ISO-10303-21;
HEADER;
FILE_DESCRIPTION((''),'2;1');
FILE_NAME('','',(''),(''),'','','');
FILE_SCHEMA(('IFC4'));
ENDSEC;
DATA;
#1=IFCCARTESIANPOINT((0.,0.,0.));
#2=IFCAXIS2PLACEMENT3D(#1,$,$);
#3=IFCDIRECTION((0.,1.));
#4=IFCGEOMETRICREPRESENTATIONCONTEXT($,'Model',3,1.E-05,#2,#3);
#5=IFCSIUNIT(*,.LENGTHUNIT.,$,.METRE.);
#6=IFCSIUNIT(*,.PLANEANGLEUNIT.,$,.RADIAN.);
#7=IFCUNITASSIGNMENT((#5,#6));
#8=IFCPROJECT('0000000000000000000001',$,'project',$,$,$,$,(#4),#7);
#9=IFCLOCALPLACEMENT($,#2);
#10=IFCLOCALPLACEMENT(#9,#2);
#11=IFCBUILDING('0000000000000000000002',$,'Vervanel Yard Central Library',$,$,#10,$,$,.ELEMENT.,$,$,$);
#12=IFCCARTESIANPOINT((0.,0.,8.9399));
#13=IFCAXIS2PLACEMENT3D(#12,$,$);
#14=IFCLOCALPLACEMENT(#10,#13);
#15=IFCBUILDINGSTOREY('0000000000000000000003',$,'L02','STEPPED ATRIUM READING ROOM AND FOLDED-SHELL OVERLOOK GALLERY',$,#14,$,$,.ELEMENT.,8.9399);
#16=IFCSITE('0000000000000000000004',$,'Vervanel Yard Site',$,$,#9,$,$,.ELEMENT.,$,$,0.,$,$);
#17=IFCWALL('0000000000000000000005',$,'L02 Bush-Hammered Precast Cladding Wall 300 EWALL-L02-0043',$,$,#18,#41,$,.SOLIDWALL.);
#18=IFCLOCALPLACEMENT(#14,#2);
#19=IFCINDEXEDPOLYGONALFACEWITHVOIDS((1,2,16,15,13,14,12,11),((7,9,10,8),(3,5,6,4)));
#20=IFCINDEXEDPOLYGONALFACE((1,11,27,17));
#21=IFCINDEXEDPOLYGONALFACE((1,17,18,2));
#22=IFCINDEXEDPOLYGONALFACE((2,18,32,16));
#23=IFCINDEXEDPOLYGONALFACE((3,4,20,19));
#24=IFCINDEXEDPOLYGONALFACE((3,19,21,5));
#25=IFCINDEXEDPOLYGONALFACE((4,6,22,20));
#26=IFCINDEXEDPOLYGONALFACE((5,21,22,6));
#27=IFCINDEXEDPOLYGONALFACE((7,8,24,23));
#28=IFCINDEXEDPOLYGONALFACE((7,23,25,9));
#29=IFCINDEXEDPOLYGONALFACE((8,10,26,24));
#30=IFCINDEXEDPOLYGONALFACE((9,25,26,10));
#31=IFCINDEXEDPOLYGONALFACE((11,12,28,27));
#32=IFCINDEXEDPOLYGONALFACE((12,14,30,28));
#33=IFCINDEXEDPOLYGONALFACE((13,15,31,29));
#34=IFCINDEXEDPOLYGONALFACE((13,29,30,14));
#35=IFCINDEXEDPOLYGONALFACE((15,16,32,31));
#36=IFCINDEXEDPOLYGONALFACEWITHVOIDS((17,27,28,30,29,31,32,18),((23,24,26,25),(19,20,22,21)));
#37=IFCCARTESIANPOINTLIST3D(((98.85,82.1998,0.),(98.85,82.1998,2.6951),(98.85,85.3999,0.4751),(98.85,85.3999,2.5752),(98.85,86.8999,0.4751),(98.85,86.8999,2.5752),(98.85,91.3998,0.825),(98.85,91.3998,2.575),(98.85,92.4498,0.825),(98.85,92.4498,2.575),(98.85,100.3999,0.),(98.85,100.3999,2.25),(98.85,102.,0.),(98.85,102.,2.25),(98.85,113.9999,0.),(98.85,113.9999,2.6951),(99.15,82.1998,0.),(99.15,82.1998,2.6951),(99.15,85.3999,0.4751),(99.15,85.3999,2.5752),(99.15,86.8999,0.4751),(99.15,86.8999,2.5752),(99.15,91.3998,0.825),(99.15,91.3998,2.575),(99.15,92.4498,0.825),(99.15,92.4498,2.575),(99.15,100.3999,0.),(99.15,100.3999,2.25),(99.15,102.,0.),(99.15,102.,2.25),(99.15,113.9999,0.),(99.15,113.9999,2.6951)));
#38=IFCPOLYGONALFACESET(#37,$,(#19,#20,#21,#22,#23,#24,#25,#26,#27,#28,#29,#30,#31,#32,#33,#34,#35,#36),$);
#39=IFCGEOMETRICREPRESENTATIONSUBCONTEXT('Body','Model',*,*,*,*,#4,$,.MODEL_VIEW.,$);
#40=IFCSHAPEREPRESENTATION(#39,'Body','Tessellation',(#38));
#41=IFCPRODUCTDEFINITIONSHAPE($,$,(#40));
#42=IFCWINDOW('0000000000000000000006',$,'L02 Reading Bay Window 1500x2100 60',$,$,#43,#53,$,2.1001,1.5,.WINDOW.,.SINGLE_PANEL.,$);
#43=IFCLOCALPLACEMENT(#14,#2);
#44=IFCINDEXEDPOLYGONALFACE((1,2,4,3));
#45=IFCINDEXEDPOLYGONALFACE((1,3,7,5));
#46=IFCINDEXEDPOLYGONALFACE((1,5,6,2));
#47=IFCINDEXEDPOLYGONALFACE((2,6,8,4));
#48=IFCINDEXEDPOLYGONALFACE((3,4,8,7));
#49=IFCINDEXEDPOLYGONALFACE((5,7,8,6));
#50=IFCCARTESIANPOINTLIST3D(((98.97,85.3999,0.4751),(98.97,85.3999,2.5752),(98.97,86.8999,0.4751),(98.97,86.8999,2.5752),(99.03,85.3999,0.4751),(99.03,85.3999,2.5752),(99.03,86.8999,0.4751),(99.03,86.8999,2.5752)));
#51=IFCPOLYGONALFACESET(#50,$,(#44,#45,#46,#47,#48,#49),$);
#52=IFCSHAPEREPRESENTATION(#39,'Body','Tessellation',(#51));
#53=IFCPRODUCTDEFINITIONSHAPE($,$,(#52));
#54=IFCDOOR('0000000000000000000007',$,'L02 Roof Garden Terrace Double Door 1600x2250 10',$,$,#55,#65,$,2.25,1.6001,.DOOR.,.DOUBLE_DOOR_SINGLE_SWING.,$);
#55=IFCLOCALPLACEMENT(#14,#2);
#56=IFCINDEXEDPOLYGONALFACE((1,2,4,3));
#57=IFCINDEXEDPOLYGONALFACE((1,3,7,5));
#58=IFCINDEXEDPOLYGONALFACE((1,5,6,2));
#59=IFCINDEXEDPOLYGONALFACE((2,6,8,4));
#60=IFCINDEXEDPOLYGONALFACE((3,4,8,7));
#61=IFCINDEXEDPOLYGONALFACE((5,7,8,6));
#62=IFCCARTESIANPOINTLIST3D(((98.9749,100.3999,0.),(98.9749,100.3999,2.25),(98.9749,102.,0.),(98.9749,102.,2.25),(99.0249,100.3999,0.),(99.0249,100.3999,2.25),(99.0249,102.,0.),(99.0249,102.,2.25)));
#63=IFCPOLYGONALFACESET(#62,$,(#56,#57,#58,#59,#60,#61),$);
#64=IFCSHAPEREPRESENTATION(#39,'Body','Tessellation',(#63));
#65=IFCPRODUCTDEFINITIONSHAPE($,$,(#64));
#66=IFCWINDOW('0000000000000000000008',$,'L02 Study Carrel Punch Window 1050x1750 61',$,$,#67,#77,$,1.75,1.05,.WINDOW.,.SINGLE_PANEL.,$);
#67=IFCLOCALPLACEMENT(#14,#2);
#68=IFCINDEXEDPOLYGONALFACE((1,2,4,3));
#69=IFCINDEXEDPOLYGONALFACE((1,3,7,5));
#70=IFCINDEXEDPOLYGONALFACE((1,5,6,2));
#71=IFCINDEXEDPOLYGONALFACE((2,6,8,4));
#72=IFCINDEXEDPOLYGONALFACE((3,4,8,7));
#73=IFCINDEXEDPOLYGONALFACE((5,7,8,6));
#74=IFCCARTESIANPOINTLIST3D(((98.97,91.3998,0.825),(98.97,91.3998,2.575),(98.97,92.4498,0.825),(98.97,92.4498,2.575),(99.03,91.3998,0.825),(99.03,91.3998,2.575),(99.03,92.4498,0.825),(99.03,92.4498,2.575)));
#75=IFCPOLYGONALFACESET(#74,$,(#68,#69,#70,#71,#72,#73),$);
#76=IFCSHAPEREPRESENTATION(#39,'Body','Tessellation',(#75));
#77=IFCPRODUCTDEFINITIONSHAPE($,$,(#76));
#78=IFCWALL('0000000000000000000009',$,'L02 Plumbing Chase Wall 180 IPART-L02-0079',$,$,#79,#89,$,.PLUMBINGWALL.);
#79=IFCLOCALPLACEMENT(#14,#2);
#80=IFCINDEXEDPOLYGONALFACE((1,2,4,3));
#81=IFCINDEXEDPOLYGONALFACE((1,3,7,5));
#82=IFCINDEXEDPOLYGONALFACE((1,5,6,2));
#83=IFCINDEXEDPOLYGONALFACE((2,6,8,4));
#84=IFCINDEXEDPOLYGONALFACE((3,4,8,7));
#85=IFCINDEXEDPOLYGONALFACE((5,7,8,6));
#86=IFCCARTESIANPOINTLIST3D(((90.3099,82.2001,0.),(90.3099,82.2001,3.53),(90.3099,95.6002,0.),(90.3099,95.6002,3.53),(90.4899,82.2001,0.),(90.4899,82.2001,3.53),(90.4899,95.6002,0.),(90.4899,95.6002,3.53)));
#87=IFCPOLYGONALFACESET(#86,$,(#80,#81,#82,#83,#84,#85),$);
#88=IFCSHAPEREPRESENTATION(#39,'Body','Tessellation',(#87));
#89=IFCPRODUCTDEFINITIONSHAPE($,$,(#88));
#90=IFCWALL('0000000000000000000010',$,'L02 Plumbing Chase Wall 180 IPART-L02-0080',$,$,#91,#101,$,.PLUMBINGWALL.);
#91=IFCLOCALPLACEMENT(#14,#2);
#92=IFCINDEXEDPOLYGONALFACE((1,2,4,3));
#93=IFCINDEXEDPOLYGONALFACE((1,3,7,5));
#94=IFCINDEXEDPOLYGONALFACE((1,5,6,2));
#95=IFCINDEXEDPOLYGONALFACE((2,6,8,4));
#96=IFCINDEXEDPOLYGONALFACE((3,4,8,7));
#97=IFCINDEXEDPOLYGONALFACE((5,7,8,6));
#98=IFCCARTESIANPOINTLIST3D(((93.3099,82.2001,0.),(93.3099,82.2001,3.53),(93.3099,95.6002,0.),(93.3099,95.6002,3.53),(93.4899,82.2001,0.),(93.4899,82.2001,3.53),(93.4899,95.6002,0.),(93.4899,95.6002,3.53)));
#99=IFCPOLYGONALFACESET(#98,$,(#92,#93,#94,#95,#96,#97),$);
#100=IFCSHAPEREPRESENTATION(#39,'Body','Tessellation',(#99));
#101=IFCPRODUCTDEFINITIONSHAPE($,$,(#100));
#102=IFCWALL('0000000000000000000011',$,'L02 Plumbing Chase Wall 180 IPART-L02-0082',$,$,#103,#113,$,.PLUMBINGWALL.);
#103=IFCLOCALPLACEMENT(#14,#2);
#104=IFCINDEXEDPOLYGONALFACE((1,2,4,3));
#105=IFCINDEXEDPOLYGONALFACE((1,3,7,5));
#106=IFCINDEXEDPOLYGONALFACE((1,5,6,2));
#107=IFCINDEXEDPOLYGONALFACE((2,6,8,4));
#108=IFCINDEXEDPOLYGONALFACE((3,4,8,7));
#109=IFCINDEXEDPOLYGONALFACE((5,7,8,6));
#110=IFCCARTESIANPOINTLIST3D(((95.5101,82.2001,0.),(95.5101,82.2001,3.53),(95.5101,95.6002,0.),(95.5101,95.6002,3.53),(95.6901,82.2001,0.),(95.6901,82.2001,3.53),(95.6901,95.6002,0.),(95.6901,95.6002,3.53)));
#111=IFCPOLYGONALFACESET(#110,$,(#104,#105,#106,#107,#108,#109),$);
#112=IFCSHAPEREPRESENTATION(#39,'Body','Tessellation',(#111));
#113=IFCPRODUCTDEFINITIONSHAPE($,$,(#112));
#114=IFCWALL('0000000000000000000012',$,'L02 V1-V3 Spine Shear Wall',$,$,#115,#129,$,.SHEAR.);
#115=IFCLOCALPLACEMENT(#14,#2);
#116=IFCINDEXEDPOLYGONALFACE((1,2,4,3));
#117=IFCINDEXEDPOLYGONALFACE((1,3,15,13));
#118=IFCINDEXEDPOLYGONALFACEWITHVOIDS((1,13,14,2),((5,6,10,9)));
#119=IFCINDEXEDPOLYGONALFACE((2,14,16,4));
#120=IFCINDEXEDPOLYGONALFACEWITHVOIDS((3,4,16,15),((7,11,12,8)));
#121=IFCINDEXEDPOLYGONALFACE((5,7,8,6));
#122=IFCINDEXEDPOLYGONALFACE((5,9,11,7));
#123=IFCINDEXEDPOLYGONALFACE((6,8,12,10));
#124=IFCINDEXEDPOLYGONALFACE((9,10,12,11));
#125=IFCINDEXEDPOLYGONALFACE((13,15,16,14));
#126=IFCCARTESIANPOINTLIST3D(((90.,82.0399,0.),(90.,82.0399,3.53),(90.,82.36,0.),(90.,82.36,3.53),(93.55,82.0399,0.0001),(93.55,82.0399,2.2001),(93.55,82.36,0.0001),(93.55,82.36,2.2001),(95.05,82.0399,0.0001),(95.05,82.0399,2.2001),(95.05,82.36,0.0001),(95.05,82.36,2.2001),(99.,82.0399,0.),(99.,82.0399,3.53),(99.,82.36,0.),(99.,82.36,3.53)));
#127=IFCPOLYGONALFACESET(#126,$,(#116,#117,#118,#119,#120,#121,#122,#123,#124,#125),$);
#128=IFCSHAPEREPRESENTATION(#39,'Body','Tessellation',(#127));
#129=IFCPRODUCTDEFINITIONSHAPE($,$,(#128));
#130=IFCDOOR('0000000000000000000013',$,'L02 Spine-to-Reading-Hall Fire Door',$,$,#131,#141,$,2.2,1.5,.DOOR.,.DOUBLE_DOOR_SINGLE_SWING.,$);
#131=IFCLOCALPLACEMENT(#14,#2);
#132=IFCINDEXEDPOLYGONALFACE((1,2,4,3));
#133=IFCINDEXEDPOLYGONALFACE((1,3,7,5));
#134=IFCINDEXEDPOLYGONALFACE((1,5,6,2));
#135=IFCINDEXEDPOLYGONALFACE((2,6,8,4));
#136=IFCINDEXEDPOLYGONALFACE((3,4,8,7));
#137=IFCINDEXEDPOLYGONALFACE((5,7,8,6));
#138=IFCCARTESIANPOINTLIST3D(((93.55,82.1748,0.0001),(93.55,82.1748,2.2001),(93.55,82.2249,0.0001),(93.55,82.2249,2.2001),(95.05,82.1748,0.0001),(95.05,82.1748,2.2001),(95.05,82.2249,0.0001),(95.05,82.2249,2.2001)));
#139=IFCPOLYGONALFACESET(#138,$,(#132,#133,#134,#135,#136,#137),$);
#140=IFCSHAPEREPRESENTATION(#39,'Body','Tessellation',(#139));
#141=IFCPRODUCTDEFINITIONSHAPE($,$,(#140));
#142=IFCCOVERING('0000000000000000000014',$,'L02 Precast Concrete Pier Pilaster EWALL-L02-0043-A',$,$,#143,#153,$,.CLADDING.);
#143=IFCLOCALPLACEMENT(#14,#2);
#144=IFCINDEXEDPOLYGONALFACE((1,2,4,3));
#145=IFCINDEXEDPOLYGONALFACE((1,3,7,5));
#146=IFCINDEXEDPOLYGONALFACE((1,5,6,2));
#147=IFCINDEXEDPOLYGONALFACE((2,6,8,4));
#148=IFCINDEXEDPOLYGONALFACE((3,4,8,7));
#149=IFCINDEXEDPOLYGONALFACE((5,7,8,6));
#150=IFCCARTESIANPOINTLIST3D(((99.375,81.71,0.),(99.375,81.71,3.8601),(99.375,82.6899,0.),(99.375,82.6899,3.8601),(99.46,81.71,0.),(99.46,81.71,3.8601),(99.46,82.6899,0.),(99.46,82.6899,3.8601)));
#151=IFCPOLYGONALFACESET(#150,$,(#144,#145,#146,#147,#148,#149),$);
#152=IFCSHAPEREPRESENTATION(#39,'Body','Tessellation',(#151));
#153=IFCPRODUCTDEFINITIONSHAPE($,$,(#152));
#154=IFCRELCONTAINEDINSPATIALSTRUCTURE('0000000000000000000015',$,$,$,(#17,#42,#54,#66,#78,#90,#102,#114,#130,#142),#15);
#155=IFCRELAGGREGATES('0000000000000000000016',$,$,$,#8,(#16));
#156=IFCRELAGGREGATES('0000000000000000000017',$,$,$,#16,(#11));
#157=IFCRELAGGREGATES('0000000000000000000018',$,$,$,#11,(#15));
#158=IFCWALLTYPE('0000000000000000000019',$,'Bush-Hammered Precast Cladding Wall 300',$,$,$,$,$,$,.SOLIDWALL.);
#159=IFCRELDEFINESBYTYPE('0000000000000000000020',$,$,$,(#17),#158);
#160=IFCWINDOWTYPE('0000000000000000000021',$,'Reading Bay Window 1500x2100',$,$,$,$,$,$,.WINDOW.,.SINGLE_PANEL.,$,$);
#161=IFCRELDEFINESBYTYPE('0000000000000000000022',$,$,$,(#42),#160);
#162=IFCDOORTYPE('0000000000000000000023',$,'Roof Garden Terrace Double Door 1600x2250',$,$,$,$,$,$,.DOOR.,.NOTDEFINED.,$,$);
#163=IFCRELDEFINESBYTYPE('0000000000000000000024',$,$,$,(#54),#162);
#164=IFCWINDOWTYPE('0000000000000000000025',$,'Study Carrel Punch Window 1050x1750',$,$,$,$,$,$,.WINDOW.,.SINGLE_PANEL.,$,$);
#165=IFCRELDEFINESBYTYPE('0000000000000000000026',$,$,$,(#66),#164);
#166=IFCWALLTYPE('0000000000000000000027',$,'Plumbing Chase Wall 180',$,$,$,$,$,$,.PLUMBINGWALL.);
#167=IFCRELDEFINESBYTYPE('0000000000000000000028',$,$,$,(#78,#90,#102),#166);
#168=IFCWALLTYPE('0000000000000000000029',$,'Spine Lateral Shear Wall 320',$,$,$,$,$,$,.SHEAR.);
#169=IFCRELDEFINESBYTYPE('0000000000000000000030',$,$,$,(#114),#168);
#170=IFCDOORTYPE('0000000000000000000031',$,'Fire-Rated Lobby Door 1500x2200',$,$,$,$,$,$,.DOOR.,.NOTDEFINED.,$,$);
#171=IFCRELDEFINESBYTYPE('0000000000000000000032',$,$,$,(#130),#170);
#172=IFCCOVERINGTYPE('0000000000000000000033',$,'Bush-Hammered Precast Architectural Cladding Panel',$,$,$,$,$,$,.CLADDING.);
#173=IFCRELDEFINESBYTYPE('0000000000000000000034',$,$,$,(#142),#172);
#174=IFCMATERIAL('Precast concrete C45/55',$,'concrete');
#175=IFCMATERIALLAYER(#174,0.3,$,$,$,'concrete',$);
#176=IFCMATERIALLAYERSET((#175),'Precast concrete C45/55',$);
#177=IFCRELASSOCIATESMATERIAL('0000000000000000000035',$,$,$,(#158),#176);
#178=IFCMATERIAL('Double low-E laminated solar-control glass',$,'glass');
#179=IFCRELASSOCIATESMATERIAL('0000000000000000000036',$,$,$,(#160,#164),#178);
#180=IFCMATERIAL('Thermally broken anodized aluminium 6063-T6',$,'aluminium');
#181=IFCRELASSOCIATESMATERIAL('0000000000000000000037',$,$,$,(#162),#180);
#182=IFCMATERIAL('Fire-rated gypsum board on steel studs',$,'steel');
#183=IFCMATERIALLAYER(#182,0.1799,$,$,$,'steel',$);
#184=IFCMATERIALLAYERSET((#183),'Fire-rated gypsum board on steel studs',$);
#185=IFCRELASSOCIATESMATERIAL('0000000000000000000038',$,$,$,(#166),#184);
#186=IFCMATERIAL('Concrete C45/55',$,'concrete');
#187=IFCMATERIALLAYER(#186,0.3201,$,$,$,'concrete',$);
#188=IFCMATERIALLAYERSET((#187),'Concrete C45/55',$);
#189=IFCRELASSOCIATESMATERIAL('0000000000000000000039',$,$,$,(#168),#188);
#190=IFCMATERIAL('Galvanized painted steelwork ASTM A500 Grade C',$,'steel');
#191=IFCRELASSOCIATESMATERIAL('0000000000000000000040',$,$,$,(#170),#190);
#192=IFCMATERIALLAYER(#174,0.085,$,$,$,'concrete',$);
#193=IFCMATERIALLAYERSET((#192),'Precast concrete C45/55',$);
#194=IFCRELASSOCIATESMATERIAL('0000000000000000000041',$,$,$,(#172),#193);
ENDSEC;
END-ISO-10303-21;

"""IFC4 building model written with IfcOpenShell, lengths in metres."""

from ifc_helpers import new_model, si_unit, direction, frame, frame_2d, origin, origin_2d, place, context, subcontext, project, spatial, rectangle, extrude, material, layer, layer_set, type_object, element, fill, save


model = new_model("IFC4")

# Units and contexts
model_context = context("Model", 3, precision=1e-05, world=origin(), true_north=direction((0.0, 1.0)))
body_context = subcontext(model_context, "Body", "Model", "MODEL_VIEW")
ifc_project = project(units=[si_unit("LENGTHUNIT", "METRE"), si_unit("PLANEANGLEUNIT", "RADIAN")], contexts=[model_context])

# Site, building, storey
site_placement = place(None, origin())
site = spatial("IfcSite", under=ifc_project, at=site_placement, Name="Vervanel Yard Site", CompositionType="ELEMENT", RefElevation=0.0)
building_placement = place(site_placement, origin())
building = spatial("IfcBuilding", under=site, at=building_placement, Name="Vervanel Yard Central Library", CompositionType="ELEMENT")
storey_placement = place(building_placement, frame((0.0, 0.0, 8.9399)))
storey = spatial("IfcBuildingStorey", under=building, at=storey_placement, Name="L02", Description="STEPPED ATRIUM READING ROOM AND FOLDED-SHELL OVERLOOK GALLERY", CompositionType="ELEMENT", Elevation=8.9399)

# Shared definitions
ifc_material_1 = material(Name="Thermally broken anodized aluminium 6063-T6", Category="aluminium")

# Shared definitions
ifc_material_2 = material(Name="Double low-E laminated solar-control glass", Category="glass")

# Wall, openings, windows, door
ifc_material_3 = material(Name="Precast concrete C45/55", Category="concrete")
ifc_layer_1 = layer(ifc_material_3, 0.3, Category="concrete")
ifc_layer_set_1 = layer_set([ifc_layer_1], Name="Precast concrete C45/55")
wall_type_1 = type_object("IfcWallType", Name="Bush-Hammered Precast Cladding Wall 300", PredefinedType="SOLIDWALL", material=ifc_layer_set_1)
wall_1_placement = place(storey_placement, frame((99.0, 82.2, 0.0), z_axis=(0.0, 0.0, 1.0), x_axis=(0.0, 1.0, 0.0)))
wall_1 = element("IfcWall", 1, at=wall_1_placement, inside=storey, type_object=wall_type_1, Name="L02 Bush-Hammered Precast Cladding Wall 300 EWALL-L02-0043", PredefinedType="SOLIDWALL", context=body_context, shape_type="SweptSolid", body=[
    extrude(rectangle(XDim=31.8, YDim=0.3, at=frame_2d((15.8999, 0.0))), origin(), (0.0, 0.0, 1.0), 2.6951),
])
opening_1_placement = place(wall_1_placement, frame((18.2, 0.0, 0.0)))
opening_1 = element("IfcOpeningElement", 2, at=opening_1_placement, cuts=wall_1, PredefinedType="OPENING", context=body_context, shape_type="SweptSolid", body=[
    extrude(rectangle(XDim=1.6001, YDim=2.25, at=frame_2d((0.8, 1.125))), frame((0.0, 0.1599, 0.0), z_axis=(0.0, -1.0, 0.0), x_axis=(1.0, 0.0, 0.0)), (0.0, 0.0, 1.0), 0.3201),
])
opening_2_placement = place(wall_1_placement, frame((3.2, 0.0, 0.4751)))
opening_2 = element("IfcOpeningElement", 3, at=opening_2_placement, cuts=wall_1, PredefinedType="OPENING", context=body_context, shape_type="SweptSolid", body=[
    extrude(rectangle(XDim=1.5, YDim=2.1001, at=frame_2d((0.75, 1.05))), frame((0.0, 0.1599, 0.0), z_axis=(0.0, -1.0, 0.0), x_axis=(1.0, 0.0, 0.0)), (0.0, 0.0, 1.0), 0.3201),
])
opening_3_placement = place(wall_1_placement, frame((9.2, 0.0, 0.825)))
opening_3 = element("IfcOpeningElement", 4, at=opening_3_placement, cuts=wall_1, PredefinedType="OPENING", context=body_context, shape_type="SweptSolid", body=[
    extrude(rectangle(XDim=1.05, YDim=1.75, at=frame_2d((0.5249, 0.875))), frame((0.0, 0.1599, 0.0), z_axis=(0.0, -1.0, 0.0), x_axis=(1.0, 0.0, 0.0)), (0.0, 0.0, 1.0), 0.3201),
])
window_type_1 = type_object("IfcWindowType", Name="Reading Bay Window 1500x2100", PartitioningType="SINGLE_PANEL", PredefinedType="WINDOW", material=ifc_material_2)
window_1_placement = place(opening_2_placement, origin())
window_1 = element("IfcWindow", 5, at=window_1_placement, inside=storey, type_object=window_type_1, Name="L02 Reading Bay Window 1500x2100 60", OverallHeight=2.1001, OverallWidth=1.5, PartitioningType="SINGLE_PANEL", PredefinedType="WINDOW", context=body_context, shape_type="SweptSolid", body=[
    extrude(rectangle(XDim=1.5, YDim=2.1001, at=frame_2d((0.75, 1.05))), frame((0.0, 0.03, 0.0), z_axis=(0.0, -1.0, 0.0), x_axis=(1.0, 0.0, 0.0)), (0.0, 0.0, 1.0), 0.0601),
])
fill(opening_2, window_1)
door_type_1 = type_object("IfcDoorType", Name="Roof Garden Terrace Double Door 1600x2250", OperationType="NOTDEFINED", PredefinedType="DOOR", material=ifc_material_1)
door_1_placement = place(opening_1_placement, frame((1.6001, 0.0, 0.0), z_axis=(0.0, 0.0, 1.0), x_axis=(-1.0, 0.0, 0.0)))
door_1 = element("IfcDoor", 6, at=door_1_placement, inside=storey, type_object=door_type_1, Name="L02 Roof Garden Terrace Double Door 1600x2250 10", OperationType="DOUBLE_DOOR_SINGLE_SWING", OverallHeight=2.25, OverallWidth=1.6001, PredefinedType="DOOR", context=body_context, shape_type="SweptSolid", body=[
    extrude(rectangle(XDim=1.6001, YDim=2.25, at=frame_2d((0.8, 1.125))), frame((0.0, 0.0249, 0.0), z_axis=(0.0, -1.0, 0.0), x_axis=(1.0, 0.0, 0.0)), (0.0, 0.0, 1.0), 0.05),
])
fill(opening_1, door_1)
window_type_2 = type_object("IfcWindowType", Name="Study Carrel Punch Window 1050x1750", PartitioningType="SINGLE_PANEL", PredefinedType="WINDOW", material=ifc_material_2)
window_2_placement = place(opening_3_placement, origin())
window_2 = element("IfcWindow", 7, at=window_2_placement, inside=storey, type_object=window_type_2, Name="L02 Study Carrel Punch Window 1050x1750 61", OverallHeight=1.75, OverallWidth=1.05, PartitioningType="SINGLE_PANEL", PredefinedType="WINDOW", context=body_context, shape_type="SweptSolid", body=[
    extrude(rectangle(XDim=1.05, YDim=1.75, at=frame_2d((0.5249, 0.875))), frame((0.0, 0.03, 0.0), z_axis=(0.0, -1.0, 0.0), x_axis=(1.0, 0.0, 0.0)), (0.0, 0.0, 1.0), 0.0601),
])
fill(opening_3, window_2)

# Walls
ifc_material_4 = material(Name="Fire-rated gypsum board on steel studs", Category="steel")
ifc_layer_2 = layer(ifc_material_4, 0.1799, Category="steel")
ifc_layer_set_2 = layer_set([ifc_layer_2], Name="Fire-rated gypsum board on steel studs")
wall_type_2 = type_object("IfcWallType", Name="Plumbing Chase Wall 180", PredefinedType="PLUMBINGWALL", material=ifc_layer_set_2)
for number, where, z_axis, x_axis, name in (
    (8, (90.3999, 82.2, 0.0), (0.0, 0.0, 1.0), (0.0, 1.0, 0.0), "L02 Plumbing Chase Wall 180 IPART-L02-0079"),
    (9, (93.3999, 82.2, 0.0), (0.0, 0.0, 1.0), (0.0, 1.0, 0.0), "L02 Plumbing Chase Wall 180 IPART-L02-0080"),
    (10, (95.6001, 82.2, 0.0), (0.0, 0.0, 1.0), (0.0, 1.0, 0.0), "L02 Plumbing Chase Wall 180 IPART-L02-0082"),
):
    element("IfcWall", number, at=place(storey_placement, frame(where, z_axis=z_axis, x_axis=x_axis)), inside=storey, type_object=wall_type_2, Name=name, PredefinedType="PLUMBINGWALL", context=body_context, shape_type="SweptSolid", body=[
        extrude(rectangle(XDim=13.4001, YDim=0.1799, at=frame_2d((6.7002, 0.0))), origin(), (0.0, 0.0, 1.0), 3.53),
    ])

# Wall, opening, door
ifc_material_5 = material(Name="Concrete C45/55", Category="concrete")
ifc_layer_3 = layer(ifc_material_5, 0.3201, Category="concrete")
ifc_layer_set_3 = layer_set([ifc_layer_3], Name="Concrete C45/55")
wall_type_3 = type_object("IfcWallType", Name="Spine Lateral Shear Wall 320", PredefinedType="SHEAR", material=ifc_layer_set_3)
wall_2_placement = place(storey_placement, frame((90.0, 82.2, 0.0), z_axis=(0.0, 0.0, 1.0), x_axis=(1.0, 0.0, 0.0)))
wall_2 = element("IfcWall", 11, at=wall_2_placement, inside=storey, type_object=wall_type_3, Name="L02 V1-V3 Spine Shear Wall", PredefinedType="SHEAR", context=body_context, shape_type="SweptSolid", body=[
    extrude(rectangle(XDim=9.0, YDim=0.3201, at=frame_2d((4.5, 0.0))), origin(), (0.0, 0.0, 1.0), 3.53),
])
opening_4_placement = place(wall_2_placement, frame((3.55, 0.0, 0.0)))
opening_4 = element("IfcOpeningElement", 12, at=opening_4_placement, cuts=wall_2, PredefinedType="OPENING", context=body_context, shape_type="SweptSolid", body=[
    extrude(rectangle(XDim=1.5, YDim=2.2, at=frame_2d((0.75, 1.1001))), frame((0.0, 0.1699, 0.0), z_axis=(0.0, -1.0, 0.0), x_axis=(1.0, 0.0, 0.0)), (0.0, 0.0, 1.0), 0.3401),
])
ifc_material_6 = material(Name="Galvanized painted steelwork ASTM A500 Grade C", Category="steel")
door_type_2 = type_object("IfcDoorType", Name="Fire-Rated Lobby Door 1500x2200", OperationType="NOTDEFINED", PredefinedType="DOOR", material=ifc_material_6)
door_2_placement = place(opening_4_placement, origin())
door_2 = element("IfcDoor", 13, at=door_2_placement, inside=storey, type_object=door_type_2, Name="L02 Spine-to-Reading-Hall Fire Door", OperationType="DOUBLE_DOOR_SINGLE_SWING", OverallHeight=2.2, OverallWidth=1.5, PredefinedType="DOOR", context=body_context, shape_type="SweptSolid", body=[
    extrude(rectangle(XDim=1.5, YDim=2.2, at=frame_2d((0.75, 1.1001))), frame((0.0, 0.0249, 0.0), z_axis=(0.0, -1.0, 0.0), x_axis=(1.0, 0.0, 0.0)), (0.0, 0.0, 1.0), 0.05),
])
fill(opening_4, door_2)

# Covering
ifc_layer_4 = layer(ifc_material_3, 0.085, Category="concrete")
ifc_layer_set_4 = layer_set([ifc_layer_4], Name="Precast concrete C45/55")
covering_type = type_object("IfcCoveringType", Name="Bush-Hammered Precast Architectural Cladding Panel", PredefinedType="CLADDING", material=ifc_layer_set_4)
covering_placement = place(storey_placement, frame((99.4175, 82.2, 0.0), z_axis=(0.0, 0.0, 1.0), x_axis=(0.0, 1.0, 0.0)))
element("IfcCovering", 14, at=covering_placement, inside=storey, type_object=covering_type, Name="L02 Precast Concrete Pier Pilaster EWALL-L02-0043-A", PredefinedType="CLADDING", context=body_context, shape_type="SweptSolid", body=[
    extrude(rectangle(XDim=0.98, YDim=0.085, at=origin_2d()), origin(), (0.0, 0.0, 1.0), 3.8601),
])

save(model, "model.ifc")
